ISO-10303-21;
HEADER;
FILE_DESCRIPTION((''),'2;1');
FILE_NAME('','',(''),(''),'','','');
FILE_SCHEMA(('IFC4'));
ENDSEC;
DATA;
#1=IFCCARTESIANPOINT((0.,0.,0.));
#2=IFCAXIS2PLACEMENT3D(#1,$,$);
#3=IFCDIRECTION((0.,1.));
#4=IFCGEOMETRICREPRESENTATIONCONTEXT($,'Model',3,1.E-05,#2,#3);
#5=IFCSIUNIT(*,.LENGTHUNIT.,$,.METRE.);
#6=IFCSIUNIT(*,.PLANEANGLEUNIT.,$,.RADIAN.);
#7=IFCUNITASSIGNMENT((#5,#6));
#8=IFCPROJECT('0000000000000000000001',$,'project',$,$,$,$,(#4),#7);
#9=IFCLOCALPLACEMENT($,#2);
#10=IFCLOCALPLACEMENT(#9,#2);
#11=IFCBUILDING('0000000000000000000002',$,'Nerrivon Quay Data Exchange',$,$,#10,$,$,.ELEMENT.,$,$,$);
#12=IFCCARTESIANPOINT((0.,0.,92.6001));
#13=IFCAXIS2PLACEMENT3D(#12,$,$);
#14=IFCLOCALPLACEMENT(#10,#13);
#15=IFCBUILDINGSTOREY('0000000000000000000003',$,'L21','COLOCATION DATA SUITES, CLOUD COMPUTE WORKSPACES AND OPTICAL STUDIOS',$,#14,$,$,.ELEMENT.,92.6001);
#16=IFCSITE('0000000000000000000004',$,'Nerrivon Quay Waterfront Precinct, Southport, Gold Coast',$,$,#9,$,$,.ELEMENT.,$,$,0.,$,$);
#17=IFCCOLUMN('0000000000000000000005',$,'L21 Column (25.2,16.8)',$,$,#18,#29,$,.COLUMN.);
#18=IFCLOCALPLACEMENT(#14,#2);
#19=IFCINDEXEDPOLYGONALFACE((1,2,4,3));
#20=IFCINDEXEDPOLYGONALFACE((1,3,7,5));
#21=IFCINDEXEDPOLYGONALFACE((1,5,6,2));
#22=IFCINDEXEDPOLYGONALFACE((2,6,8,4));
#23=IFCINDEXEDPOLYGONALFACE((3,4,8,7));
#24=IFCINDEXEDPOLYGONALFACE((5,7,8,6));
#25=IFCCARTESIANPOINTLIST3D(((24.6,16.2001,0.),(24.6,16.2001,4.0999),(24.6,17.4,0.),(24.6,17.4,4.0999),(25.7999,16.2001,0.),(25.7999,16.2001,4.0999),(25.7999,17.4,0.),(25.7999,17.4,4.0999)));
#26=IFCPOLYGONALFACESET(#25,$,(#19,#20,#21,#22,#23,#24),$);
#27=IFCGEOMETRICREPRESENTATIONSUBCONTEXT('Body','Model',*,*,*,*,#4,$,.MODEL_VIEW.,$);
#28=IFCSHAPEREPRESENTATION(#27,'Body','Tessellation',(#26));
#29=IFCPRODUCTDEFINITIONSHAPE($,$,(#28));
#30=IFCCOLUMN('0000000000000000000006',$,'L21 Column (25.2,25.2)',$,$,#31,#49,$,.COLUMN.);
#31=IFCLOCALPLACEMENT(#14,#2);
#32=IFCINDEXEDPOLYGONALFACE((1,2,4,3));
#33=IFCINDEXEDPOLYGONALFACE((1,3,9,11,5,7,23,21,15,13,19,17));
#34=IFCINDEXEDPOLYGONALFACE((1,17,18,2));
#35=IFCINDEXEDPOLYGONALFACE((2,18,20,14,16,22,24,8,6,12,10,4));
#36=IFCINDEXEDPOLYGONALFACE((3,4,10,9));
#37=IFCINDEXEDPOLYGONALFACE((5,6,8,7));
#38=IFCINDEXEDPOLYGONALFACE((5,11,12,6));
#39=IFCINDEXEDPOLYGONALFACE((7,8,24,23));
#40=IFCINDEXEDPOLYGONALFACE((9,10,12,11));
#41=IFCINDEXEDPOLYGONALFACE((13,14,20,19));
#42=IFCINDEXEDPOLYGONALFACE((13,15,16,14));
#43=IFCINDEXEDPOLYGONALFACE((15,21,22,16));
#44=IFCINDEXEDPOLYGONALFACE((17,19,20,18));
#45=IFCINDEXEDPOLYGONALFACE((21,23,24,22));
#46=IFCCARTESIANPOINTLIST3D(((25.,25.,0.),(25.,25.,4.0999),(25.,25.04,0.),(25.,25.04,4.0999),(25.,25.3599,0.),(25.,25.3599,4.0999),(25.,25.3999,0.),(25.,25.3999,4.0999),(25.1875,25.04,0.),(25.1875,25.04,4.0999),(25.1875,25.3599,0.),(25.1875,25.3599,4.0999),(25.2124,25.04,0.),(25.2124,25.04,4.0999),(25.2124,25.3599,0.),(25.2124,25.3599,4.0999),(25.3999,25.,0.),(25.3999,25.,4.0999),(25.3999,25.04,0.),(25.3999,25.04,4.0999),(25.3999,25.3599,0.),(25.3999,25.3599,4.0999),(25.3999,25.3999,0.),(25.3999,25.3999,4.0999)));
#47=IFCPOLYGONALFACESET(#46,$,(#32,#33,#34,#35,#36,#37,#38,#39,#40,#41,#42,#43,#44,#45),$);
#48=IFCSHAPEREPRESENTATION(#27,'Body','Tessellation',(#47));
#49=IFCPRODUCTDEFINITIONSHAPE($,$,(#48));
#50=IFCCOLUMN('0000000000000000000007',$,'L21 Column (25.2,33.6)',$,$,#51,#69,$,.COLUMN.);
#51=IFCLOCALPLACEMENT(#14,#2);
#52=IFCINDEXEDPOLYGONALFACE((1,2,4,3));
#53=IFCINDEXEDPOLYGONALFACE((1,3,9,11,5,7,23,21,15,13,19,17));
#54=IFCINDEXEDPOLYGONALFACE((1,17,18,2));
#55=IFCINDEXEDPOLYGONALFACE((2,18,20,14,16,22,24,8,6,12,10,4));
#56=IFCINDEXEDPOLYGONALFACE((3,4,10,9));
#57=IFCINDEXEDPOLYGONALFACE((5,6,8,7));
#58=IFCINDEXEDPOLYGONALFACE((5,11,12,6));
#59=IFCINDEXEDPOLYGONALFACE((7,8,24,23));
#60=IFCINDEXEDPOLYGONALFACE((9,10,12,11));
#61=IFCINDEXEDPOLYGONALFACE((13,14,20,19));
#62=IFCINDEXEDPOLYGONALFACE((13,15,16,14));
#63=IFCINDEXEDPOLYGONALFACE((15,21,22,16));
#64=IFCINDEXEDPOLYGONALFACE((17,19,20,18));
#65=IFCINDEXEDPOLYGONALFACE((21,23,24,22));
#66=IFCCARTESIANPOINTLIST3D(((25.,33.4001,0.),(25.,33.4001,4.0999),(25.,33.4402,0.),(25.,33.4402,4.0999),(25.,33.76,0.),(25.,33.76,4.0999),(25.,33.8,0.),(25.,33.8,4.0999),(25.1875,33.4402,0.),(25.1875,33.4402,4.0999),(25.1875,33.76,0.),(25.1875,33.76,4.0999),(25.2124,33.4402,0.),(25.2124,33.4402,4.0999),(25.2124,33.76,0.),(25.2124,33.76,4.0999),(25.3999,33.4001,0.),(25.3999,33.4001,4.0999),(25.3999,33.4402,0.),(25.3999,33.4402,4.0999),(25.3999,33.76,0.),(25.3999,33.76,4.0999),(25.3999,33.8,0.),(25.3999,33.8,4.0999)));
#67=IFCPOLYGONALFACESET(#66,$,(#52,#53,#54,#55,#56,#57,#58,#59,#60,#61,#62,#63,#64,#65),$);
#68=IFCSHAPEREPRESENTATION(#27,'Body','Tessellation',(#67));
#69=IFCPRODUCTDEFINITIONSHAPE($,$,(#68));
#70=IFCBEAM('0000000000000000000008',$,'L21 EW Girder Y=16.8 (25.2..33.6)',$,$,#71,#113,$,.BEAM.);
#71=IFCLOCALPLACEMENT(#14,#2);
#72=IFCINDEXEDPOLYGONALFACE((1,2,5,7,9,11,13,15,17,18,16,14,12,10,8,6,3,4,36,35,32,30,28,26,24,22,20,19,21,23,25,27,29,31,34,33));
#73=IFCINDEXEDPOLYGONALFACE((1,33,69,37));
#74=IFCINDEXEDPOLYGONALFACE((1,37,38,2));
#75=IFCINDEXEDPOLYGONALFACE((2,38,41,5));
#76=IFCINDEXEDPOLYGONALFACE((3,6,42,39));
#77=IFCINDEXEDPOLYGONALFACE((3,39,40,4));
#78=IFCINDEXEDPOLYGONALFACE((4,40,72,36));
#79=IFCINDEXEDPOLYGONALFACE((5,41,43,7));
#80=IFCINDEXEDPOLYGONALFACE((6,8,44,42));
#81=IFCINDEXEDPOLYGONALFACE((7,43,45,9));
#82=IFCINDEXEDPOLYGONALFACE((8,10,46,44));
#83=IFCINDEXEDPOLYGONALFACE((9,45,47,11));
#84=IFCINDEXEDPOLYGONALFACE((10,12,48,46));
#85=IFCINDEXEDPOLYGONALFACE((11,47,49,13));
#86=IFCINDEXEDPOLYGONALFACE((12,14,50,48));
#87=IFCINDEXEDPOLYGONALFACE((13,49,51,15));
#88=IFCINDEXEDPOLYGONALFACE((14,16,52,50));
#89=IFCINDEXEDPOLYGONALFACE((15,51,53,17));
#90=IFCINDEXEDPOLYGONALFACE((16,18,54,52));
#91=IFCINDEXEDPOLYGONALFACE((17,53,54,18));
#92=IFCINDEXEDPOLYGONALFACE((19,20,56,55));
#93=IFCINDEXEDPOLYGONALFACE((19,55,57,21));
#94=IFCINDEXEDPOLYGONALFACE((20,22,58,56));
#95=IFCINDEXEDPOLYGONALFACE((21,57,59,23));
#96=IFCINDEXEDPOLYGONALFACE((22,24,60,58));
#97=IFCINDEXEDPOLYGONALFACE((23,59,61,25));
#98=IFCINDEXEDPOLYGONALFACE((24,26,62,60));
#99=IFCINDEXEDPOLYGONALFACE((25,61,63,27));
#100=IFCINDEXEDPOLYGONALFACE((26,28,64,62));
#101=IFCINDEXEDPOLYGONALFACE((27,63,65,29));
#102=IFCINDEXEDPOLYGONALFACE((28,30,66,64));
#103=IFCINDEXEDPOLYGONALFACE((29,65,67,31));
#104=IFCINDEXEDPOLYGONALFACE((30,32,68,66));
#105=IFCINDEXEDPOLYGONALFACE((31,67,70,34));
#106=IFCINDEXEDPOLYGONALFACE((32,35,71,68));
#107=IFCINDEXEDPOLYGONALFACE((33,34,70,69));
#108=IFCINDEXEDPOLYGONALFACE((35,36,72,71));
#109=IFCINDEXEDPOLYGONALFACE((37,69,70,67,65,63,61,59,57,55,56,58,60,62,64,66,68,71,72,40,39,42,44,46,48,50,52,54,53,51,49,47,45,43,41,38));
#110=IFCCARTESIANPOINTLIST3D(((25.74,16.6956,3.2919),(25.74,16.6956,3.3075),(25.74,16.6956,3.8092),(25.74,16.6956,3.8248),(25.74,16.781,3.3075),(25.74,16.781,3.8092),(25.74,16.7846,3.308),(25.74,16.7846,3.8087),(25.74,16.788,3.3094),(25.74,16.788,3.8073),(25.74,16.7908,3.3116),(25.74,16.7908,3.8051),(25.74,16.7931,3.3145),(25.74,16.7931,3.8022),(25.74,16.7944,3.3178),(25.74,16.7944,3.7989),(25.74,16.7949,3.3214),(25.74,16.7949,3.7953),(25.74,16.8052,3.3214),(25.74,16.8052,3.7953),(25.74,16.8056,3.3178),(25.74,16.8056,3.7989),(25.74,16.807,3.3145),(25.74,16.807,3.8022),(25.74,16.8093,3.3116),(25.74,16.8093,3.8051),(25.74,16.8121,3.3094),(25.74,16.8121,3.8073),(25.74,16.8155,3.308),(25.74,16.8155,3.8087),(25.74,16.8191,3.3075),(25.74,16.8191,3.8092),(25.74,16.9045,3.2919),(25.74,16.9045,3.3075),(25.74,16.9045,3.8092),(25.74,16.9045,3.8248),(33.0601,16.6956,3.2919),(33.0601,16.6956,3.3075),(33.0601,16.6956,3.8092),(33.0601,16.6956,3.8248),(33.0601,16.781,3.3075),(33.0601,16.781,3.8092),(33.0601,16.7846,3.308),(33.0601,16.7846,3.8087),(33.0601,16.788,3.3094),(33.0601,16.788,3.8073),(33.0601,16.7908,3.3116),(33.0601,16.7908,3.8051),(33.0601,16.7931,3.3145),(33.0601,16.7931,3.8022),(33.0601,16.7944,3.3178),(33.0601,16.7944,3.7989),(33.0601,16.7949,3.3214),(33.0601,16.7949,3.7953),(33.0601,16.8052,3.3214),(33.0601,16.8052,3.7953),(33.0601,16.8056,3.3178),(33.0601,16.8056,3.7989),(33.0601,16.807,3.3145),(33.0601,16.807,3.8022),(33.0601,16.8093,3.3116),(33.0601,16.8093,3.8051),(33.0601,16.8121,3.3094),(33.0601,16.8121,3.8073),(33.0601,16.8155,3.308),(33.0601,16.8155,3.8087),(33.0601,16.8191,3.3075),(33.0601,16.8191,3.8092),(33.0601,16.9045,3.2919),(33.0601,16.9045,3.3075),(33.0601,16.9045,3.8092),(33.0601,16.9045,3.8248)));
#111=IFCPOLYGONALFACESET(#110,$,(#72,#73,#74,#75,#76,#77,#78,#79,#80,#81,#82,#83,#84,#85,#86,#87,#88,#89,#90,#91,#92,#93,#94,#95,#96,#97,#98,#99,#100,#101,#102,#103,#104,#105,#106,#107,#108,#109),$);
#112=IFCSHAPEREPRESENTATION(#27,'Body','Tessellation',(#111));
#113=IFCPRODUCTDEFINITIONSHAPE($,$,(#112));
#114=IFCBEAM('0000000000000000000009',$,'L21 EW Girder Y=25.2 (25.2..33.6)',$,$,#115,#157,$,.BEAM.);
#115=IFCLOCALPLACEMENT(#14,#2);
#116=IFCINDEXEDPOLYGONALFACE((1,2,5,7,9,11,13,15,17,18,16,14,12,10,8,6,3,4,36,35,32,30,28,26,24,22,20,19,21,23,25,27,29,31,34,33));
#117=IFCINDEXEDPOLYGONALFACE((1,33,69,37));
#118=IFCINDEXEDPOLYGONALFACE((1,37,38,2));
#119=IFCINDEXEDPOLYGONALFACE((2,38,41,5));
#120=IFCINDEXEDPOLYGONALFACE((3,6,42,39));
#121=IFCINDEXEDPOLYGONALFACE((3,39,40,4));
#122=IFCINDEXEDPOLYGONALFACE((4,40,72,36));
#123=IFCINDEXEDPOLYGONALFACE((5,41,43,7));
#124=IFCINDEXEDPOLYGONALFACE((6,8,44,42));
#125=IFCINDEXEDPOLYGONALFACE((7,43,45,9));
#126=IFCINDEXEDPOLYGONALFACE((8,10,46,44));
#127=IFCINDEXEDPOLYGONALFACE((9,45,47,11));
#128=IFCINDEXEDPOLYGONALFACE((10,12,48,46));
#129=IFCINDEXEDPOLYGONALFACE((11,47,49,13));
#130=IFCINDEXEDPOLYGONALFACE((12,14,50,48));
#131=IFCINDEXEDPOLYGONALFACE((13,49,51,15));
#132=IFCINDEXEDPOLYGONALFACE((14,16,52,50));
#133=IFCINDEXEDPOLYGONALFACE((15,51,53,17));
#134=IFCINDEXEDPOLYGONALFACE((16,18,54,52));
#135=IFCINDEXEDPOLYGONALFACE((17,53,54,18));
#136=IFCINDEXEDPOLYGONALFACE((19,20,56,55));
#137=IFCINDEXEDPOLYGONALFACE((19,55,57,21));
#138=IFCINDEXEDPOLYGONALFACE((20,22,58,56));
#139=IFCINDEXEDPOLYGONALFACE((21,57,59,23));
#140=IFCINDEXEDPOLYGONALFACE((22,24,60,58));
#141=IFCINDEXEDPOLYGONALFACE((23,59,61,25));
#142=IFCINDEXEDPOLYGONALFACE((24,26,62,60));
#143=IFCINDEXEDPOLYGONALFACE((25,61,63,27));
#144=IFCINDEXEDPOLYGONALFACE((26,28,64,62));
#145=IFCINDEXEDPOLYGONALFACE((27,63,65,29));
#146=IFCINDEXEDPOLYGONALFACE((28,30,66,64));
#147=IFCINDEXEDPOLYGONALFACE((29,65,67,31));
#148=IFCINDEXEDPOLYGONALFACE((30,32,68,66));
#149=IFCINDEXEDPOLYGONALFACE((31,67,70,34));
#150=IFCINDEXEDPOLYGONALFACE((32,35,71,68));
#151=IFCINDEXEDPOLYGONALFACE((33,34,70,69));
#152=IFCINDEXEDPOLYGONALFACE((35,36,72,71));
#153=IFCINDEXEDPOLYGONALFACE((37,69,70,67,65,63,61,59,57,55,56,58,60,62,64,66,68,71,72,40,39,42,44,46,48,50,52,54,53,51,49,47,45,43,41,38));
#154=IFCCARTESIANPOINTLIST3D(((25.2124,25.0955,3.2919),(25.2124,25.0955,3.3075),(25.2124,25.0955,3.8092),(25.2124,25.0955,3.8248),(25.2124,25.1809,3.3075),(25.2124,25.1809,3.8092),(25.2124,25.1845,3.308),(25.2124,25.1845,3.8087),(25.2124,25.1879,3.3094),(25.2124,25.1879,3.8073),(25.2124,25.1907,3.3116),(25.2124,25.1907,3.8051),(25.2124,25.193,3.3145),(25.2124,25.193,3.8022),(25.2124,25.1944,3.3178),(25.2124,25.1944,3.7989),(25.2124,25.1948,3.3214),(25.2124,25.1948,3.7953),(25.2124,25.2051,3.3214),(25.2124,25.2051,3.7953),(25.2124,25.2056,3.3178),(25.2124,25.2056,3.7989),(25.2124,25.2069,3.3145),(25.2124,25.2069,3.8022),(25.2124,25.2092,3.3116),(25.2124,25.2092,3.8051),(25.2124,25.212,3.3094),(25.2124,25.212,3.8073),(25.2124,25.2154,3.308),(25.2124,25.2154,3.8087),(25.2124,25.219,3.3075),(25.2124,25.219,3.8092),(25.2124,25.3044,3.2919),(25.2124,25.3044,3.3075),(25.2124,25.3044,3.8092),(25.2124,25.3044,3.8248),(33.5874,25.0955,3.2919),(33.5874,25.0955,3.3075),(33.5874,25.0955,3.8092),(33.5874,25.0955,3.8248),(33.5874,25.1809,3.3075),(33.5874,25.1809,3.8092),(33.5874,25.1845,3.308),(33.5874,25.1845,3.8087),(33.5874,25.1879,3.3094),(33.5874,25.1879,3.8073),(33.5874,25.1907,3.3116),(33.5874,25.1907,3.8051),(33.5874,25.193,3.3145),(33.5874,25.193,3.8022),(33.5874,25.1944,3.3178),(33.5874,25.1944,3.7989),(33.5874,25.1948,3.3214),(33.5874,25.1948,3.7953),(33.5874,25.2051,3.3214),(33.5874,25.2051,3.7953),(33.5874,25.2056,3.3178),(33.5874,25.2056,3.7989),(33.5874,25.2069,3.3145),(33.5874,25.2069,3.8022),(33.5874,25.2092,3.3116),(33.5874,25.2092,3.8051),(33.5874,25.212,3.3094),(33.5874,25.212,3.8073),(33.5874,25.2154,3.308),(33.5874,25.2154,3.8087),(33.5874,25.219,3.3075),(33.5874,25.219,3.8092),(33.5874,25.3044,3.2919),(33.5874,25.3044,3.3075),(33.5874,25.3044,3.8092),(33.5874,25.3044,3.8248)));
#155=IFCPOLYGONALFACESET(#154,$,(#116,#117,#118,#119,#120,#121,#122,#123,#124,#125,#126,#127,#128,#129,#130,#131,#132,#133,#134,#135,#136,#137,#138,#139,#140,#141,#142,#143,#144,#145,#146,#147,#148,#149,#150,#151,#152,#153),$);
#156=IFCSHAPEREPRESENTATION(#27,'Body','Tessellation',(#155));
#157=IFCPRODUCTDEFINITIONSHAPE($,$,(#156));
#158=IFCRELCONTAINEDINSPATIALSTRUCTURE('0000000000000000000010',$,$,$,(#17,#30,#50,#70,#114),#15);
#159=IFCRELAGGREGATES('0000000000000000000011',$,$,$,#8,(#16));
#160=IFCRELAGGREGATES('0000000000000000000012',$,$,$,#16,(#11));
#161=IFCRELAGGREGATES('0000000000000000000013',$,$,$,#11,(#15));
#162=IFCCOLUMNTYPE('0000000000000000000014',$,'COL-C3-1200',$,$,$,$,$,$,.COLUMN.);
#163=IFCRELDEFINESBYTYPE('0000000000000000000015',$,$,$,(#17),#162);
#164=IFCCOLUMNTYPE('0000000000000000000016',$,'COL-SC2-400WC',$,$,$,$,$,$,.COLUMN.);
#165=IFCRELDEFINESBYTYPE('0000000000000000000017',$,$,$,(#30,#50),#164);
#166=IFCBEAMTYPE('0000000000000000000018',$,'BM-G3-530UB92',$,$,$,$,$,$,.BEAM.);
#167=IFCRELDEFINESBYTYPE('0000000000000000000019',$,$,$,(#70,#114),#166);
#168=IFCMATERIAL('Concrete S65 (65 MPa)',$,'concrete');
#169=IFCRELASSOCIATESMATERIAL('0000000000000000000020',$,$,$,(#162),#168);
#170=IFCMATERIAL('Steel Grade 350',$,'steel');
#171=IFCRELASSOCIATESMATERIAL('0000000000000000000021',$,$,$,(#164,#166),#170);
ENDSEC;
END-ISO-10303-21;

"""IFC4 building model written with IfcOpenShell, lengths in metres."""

from ifc_helpers import new_model, si_unit, direction, frame, origin, origin_2d, place, context, subcontext, project, spatial, rectangle, i_section, extrude, material, material_profile, profile_set, type_object, element, save


model = new_model("IFC4")

# Units and contexts
model_context = context("Model", 3, precision=1e-05, world=origin(), true_north=direction((0.0, 1.0)))
body_context = subcontext(model_context, "Body", "Model", "MODEL_VIEW")
ifc_project = project(units=[si_unit("LENGTHUNIT", "METRE"), si_unit("PLANEANGLEUNIT", "RADIAN")], contexts=[model_context])

# Site, building, storey
site_placement = place(None, origin())
site = spatial("IfcSite", under=ifc_project, at=site_placement, Name="Nerrivon Quay Waterfront Precinct, Southport, Gold Coast", CompositionType="ELEMENT", RefElevation=0.0)
building_placement = place(site_placement, origin())
building = spatial("IfcBuilding", under=site, at=building_placement, Name="Nerrivon Quay Data Exchange", CompositionType="ELEMENT")
storey_placement = place(building_placement, frame((0.0, 0.0, 92.6001)))
storey = spatial("IfcBuildingStorey", under=building, at=storey_placement, Name="L21", Description="COLOCATION DATA SUITES, CLOUD COMPUTE WORKSPACES AND OPTICAL STUDIOS", CompositionType="ELEMENT", Elevation=92.6001)

# Columns
ifc_material_1 = material(Name="Concrete S65 (65 MPa)", Category="concrete")
ifc_material_profile_1 = material_profile(ifc_material_1, rectangle(XDim=1.2, YDim=1.2, at=origin_2d()), Name="RC-COL-1200x1200")
ifc_profile_set_1 = profile_set([ifc_material_profile_1], Name="Concrete S65 (65 MPa)")
column_type_1 = type_object("IfcColumnType", Name="COL-C3-1200", PredefinedType="COLUMN", material=ifc_profile_set_1)
column_placement = place(storey_placement, frame((25.2, 16.8, 0.0), z_axis=(0.0, 0.0, 1.0), x_axis=(1.0, 0.0, 0.0)))
element("IfcColumn", 1, at=column_placement, inside=storey, type_object=column_type_1, Name="L21 Column (25.2,16.8)", PredefinedType="COLUMN", context=body_context, shape_type="SweptSolid", body=[
    extrude(rectangle(XDim=1.2, YDim=1.2, at=origin_2d()), origin(), (0.0, 0.0, 1.0), 4.0999),
])
ifc_material_2 = material(Name="Steel Grade 350", Category="steel")
ifc_material_profile_2 = material_profile(ifc_material_2, i_section(OverallWidth=0.3999, OverallDepth=0.3999, WebThickness=0.0249, FlangeThickness=0.04, at=origin_2d()), Name="400WC328")
ifc_profile_set_2 = profile_set([ifc_material_profile_2], Name="Steel Grade 350")
column_type_2 = type_object("IfcColumnType", Name="COL-SC2-400WC", PredefinedType="COLUMN", material=ifc_profile_set_2)
for number, where, z_axis, x_axis, name in (
    (2, (25.2, 25.2, 0.0), (0.0, 0.0, 1.0), (1.0, 0.0, 0.0), "L21 Column (25.2,25.2)"),
    (3, (25.2, 33.6001, 0.0), (0.0, 0.0, 1.0), (1.0, 0.0, 0.0), "L21 Column (25.2,33.6)"),
):
    element("IfcColumn", number, at=place(storey_placement, frame(where, z_axis=z_axis, x_axis=x_axis)), inside=storey, type_object=column_type_2, Name=name, PredefinedType="COLUMN", context=body_context, shape_type="SweptSolid", body=[
        extrude(i_section(OverallWidth=0.3999, OverallDepth=0.3999, WebThickness=0.0249, FlangeThickness=0.04, at=origin_2d()), origin(), (0.0, 0.0, 1.0), 4.0999),
    ])

# Beams
ifc_material_profile_3 = material_profile(ifc_material_2, i_section(OverallWidth=0.209, OverallDepth=0.533, WebThickness=0.0103, FlangeThickness=0.0156, FilletRadius=0.0139, at=origin_2d()), Name="530UB92.4")
ifc_profile_set_3 = profile_set([ifc_material_profile_3], Name="Steel Grade 350")
beam_type_1 = type_object("IfcBeamType", Name="BM-G3-530UB92", PredefinedType="BEAM", material=ifc_profile_set_3)
beam_1_placement = place(storey_placement, frame((25.74, 16.8, 3.5583), z_axis=(1.0, 0.0, 0.0), x_axis=(0.0, 1.0, 0.0)))
element("IfcBeam", 4, at=beam_1_placement, inside=storey, type_object=beam_type_1, Name="L21 EW Girder Y=16.8 (25.2..33.6)", PredefinedType="BEAM", context=body_context, shape_type="SweptSolid", body=[
    extrude(i_section(OverallWidth=0.209, OverallDepth=0.533, WebThickness=0.0103, FlangeThickness=0.0156, FilletRadius=0.0139, at=origin_2d()), origin(), (0.0, 0.0, 1.0), 7.3201),
])
beam_2_placement = place(storey_placement, frame((25.2124, 25.2, 3.5583), z_axis=(1.0, 0.0, 0.0), x_axis=(0.0, 1.0, 0.0)))
element("IfcBeam", 5, at=beam_2_placement, inside=storey, type_object=beam_type_1, Name="L21 EW Girder Y=25.2 (25.2..33.6)", PredefinedType="BEAM", context=body_context, shape_type="SweptSolid", body=[
    extrude(i_section(OverallWidth=0.209, OverallDepth=0.533, WebThickness=0.0103, FlangeThickness=0.0156, FilletRadius=0.0139, at=origin_2d()), origin(), (0.0, 0.0, 1.0), 8.375),
])

save(model, "model.ifc")
